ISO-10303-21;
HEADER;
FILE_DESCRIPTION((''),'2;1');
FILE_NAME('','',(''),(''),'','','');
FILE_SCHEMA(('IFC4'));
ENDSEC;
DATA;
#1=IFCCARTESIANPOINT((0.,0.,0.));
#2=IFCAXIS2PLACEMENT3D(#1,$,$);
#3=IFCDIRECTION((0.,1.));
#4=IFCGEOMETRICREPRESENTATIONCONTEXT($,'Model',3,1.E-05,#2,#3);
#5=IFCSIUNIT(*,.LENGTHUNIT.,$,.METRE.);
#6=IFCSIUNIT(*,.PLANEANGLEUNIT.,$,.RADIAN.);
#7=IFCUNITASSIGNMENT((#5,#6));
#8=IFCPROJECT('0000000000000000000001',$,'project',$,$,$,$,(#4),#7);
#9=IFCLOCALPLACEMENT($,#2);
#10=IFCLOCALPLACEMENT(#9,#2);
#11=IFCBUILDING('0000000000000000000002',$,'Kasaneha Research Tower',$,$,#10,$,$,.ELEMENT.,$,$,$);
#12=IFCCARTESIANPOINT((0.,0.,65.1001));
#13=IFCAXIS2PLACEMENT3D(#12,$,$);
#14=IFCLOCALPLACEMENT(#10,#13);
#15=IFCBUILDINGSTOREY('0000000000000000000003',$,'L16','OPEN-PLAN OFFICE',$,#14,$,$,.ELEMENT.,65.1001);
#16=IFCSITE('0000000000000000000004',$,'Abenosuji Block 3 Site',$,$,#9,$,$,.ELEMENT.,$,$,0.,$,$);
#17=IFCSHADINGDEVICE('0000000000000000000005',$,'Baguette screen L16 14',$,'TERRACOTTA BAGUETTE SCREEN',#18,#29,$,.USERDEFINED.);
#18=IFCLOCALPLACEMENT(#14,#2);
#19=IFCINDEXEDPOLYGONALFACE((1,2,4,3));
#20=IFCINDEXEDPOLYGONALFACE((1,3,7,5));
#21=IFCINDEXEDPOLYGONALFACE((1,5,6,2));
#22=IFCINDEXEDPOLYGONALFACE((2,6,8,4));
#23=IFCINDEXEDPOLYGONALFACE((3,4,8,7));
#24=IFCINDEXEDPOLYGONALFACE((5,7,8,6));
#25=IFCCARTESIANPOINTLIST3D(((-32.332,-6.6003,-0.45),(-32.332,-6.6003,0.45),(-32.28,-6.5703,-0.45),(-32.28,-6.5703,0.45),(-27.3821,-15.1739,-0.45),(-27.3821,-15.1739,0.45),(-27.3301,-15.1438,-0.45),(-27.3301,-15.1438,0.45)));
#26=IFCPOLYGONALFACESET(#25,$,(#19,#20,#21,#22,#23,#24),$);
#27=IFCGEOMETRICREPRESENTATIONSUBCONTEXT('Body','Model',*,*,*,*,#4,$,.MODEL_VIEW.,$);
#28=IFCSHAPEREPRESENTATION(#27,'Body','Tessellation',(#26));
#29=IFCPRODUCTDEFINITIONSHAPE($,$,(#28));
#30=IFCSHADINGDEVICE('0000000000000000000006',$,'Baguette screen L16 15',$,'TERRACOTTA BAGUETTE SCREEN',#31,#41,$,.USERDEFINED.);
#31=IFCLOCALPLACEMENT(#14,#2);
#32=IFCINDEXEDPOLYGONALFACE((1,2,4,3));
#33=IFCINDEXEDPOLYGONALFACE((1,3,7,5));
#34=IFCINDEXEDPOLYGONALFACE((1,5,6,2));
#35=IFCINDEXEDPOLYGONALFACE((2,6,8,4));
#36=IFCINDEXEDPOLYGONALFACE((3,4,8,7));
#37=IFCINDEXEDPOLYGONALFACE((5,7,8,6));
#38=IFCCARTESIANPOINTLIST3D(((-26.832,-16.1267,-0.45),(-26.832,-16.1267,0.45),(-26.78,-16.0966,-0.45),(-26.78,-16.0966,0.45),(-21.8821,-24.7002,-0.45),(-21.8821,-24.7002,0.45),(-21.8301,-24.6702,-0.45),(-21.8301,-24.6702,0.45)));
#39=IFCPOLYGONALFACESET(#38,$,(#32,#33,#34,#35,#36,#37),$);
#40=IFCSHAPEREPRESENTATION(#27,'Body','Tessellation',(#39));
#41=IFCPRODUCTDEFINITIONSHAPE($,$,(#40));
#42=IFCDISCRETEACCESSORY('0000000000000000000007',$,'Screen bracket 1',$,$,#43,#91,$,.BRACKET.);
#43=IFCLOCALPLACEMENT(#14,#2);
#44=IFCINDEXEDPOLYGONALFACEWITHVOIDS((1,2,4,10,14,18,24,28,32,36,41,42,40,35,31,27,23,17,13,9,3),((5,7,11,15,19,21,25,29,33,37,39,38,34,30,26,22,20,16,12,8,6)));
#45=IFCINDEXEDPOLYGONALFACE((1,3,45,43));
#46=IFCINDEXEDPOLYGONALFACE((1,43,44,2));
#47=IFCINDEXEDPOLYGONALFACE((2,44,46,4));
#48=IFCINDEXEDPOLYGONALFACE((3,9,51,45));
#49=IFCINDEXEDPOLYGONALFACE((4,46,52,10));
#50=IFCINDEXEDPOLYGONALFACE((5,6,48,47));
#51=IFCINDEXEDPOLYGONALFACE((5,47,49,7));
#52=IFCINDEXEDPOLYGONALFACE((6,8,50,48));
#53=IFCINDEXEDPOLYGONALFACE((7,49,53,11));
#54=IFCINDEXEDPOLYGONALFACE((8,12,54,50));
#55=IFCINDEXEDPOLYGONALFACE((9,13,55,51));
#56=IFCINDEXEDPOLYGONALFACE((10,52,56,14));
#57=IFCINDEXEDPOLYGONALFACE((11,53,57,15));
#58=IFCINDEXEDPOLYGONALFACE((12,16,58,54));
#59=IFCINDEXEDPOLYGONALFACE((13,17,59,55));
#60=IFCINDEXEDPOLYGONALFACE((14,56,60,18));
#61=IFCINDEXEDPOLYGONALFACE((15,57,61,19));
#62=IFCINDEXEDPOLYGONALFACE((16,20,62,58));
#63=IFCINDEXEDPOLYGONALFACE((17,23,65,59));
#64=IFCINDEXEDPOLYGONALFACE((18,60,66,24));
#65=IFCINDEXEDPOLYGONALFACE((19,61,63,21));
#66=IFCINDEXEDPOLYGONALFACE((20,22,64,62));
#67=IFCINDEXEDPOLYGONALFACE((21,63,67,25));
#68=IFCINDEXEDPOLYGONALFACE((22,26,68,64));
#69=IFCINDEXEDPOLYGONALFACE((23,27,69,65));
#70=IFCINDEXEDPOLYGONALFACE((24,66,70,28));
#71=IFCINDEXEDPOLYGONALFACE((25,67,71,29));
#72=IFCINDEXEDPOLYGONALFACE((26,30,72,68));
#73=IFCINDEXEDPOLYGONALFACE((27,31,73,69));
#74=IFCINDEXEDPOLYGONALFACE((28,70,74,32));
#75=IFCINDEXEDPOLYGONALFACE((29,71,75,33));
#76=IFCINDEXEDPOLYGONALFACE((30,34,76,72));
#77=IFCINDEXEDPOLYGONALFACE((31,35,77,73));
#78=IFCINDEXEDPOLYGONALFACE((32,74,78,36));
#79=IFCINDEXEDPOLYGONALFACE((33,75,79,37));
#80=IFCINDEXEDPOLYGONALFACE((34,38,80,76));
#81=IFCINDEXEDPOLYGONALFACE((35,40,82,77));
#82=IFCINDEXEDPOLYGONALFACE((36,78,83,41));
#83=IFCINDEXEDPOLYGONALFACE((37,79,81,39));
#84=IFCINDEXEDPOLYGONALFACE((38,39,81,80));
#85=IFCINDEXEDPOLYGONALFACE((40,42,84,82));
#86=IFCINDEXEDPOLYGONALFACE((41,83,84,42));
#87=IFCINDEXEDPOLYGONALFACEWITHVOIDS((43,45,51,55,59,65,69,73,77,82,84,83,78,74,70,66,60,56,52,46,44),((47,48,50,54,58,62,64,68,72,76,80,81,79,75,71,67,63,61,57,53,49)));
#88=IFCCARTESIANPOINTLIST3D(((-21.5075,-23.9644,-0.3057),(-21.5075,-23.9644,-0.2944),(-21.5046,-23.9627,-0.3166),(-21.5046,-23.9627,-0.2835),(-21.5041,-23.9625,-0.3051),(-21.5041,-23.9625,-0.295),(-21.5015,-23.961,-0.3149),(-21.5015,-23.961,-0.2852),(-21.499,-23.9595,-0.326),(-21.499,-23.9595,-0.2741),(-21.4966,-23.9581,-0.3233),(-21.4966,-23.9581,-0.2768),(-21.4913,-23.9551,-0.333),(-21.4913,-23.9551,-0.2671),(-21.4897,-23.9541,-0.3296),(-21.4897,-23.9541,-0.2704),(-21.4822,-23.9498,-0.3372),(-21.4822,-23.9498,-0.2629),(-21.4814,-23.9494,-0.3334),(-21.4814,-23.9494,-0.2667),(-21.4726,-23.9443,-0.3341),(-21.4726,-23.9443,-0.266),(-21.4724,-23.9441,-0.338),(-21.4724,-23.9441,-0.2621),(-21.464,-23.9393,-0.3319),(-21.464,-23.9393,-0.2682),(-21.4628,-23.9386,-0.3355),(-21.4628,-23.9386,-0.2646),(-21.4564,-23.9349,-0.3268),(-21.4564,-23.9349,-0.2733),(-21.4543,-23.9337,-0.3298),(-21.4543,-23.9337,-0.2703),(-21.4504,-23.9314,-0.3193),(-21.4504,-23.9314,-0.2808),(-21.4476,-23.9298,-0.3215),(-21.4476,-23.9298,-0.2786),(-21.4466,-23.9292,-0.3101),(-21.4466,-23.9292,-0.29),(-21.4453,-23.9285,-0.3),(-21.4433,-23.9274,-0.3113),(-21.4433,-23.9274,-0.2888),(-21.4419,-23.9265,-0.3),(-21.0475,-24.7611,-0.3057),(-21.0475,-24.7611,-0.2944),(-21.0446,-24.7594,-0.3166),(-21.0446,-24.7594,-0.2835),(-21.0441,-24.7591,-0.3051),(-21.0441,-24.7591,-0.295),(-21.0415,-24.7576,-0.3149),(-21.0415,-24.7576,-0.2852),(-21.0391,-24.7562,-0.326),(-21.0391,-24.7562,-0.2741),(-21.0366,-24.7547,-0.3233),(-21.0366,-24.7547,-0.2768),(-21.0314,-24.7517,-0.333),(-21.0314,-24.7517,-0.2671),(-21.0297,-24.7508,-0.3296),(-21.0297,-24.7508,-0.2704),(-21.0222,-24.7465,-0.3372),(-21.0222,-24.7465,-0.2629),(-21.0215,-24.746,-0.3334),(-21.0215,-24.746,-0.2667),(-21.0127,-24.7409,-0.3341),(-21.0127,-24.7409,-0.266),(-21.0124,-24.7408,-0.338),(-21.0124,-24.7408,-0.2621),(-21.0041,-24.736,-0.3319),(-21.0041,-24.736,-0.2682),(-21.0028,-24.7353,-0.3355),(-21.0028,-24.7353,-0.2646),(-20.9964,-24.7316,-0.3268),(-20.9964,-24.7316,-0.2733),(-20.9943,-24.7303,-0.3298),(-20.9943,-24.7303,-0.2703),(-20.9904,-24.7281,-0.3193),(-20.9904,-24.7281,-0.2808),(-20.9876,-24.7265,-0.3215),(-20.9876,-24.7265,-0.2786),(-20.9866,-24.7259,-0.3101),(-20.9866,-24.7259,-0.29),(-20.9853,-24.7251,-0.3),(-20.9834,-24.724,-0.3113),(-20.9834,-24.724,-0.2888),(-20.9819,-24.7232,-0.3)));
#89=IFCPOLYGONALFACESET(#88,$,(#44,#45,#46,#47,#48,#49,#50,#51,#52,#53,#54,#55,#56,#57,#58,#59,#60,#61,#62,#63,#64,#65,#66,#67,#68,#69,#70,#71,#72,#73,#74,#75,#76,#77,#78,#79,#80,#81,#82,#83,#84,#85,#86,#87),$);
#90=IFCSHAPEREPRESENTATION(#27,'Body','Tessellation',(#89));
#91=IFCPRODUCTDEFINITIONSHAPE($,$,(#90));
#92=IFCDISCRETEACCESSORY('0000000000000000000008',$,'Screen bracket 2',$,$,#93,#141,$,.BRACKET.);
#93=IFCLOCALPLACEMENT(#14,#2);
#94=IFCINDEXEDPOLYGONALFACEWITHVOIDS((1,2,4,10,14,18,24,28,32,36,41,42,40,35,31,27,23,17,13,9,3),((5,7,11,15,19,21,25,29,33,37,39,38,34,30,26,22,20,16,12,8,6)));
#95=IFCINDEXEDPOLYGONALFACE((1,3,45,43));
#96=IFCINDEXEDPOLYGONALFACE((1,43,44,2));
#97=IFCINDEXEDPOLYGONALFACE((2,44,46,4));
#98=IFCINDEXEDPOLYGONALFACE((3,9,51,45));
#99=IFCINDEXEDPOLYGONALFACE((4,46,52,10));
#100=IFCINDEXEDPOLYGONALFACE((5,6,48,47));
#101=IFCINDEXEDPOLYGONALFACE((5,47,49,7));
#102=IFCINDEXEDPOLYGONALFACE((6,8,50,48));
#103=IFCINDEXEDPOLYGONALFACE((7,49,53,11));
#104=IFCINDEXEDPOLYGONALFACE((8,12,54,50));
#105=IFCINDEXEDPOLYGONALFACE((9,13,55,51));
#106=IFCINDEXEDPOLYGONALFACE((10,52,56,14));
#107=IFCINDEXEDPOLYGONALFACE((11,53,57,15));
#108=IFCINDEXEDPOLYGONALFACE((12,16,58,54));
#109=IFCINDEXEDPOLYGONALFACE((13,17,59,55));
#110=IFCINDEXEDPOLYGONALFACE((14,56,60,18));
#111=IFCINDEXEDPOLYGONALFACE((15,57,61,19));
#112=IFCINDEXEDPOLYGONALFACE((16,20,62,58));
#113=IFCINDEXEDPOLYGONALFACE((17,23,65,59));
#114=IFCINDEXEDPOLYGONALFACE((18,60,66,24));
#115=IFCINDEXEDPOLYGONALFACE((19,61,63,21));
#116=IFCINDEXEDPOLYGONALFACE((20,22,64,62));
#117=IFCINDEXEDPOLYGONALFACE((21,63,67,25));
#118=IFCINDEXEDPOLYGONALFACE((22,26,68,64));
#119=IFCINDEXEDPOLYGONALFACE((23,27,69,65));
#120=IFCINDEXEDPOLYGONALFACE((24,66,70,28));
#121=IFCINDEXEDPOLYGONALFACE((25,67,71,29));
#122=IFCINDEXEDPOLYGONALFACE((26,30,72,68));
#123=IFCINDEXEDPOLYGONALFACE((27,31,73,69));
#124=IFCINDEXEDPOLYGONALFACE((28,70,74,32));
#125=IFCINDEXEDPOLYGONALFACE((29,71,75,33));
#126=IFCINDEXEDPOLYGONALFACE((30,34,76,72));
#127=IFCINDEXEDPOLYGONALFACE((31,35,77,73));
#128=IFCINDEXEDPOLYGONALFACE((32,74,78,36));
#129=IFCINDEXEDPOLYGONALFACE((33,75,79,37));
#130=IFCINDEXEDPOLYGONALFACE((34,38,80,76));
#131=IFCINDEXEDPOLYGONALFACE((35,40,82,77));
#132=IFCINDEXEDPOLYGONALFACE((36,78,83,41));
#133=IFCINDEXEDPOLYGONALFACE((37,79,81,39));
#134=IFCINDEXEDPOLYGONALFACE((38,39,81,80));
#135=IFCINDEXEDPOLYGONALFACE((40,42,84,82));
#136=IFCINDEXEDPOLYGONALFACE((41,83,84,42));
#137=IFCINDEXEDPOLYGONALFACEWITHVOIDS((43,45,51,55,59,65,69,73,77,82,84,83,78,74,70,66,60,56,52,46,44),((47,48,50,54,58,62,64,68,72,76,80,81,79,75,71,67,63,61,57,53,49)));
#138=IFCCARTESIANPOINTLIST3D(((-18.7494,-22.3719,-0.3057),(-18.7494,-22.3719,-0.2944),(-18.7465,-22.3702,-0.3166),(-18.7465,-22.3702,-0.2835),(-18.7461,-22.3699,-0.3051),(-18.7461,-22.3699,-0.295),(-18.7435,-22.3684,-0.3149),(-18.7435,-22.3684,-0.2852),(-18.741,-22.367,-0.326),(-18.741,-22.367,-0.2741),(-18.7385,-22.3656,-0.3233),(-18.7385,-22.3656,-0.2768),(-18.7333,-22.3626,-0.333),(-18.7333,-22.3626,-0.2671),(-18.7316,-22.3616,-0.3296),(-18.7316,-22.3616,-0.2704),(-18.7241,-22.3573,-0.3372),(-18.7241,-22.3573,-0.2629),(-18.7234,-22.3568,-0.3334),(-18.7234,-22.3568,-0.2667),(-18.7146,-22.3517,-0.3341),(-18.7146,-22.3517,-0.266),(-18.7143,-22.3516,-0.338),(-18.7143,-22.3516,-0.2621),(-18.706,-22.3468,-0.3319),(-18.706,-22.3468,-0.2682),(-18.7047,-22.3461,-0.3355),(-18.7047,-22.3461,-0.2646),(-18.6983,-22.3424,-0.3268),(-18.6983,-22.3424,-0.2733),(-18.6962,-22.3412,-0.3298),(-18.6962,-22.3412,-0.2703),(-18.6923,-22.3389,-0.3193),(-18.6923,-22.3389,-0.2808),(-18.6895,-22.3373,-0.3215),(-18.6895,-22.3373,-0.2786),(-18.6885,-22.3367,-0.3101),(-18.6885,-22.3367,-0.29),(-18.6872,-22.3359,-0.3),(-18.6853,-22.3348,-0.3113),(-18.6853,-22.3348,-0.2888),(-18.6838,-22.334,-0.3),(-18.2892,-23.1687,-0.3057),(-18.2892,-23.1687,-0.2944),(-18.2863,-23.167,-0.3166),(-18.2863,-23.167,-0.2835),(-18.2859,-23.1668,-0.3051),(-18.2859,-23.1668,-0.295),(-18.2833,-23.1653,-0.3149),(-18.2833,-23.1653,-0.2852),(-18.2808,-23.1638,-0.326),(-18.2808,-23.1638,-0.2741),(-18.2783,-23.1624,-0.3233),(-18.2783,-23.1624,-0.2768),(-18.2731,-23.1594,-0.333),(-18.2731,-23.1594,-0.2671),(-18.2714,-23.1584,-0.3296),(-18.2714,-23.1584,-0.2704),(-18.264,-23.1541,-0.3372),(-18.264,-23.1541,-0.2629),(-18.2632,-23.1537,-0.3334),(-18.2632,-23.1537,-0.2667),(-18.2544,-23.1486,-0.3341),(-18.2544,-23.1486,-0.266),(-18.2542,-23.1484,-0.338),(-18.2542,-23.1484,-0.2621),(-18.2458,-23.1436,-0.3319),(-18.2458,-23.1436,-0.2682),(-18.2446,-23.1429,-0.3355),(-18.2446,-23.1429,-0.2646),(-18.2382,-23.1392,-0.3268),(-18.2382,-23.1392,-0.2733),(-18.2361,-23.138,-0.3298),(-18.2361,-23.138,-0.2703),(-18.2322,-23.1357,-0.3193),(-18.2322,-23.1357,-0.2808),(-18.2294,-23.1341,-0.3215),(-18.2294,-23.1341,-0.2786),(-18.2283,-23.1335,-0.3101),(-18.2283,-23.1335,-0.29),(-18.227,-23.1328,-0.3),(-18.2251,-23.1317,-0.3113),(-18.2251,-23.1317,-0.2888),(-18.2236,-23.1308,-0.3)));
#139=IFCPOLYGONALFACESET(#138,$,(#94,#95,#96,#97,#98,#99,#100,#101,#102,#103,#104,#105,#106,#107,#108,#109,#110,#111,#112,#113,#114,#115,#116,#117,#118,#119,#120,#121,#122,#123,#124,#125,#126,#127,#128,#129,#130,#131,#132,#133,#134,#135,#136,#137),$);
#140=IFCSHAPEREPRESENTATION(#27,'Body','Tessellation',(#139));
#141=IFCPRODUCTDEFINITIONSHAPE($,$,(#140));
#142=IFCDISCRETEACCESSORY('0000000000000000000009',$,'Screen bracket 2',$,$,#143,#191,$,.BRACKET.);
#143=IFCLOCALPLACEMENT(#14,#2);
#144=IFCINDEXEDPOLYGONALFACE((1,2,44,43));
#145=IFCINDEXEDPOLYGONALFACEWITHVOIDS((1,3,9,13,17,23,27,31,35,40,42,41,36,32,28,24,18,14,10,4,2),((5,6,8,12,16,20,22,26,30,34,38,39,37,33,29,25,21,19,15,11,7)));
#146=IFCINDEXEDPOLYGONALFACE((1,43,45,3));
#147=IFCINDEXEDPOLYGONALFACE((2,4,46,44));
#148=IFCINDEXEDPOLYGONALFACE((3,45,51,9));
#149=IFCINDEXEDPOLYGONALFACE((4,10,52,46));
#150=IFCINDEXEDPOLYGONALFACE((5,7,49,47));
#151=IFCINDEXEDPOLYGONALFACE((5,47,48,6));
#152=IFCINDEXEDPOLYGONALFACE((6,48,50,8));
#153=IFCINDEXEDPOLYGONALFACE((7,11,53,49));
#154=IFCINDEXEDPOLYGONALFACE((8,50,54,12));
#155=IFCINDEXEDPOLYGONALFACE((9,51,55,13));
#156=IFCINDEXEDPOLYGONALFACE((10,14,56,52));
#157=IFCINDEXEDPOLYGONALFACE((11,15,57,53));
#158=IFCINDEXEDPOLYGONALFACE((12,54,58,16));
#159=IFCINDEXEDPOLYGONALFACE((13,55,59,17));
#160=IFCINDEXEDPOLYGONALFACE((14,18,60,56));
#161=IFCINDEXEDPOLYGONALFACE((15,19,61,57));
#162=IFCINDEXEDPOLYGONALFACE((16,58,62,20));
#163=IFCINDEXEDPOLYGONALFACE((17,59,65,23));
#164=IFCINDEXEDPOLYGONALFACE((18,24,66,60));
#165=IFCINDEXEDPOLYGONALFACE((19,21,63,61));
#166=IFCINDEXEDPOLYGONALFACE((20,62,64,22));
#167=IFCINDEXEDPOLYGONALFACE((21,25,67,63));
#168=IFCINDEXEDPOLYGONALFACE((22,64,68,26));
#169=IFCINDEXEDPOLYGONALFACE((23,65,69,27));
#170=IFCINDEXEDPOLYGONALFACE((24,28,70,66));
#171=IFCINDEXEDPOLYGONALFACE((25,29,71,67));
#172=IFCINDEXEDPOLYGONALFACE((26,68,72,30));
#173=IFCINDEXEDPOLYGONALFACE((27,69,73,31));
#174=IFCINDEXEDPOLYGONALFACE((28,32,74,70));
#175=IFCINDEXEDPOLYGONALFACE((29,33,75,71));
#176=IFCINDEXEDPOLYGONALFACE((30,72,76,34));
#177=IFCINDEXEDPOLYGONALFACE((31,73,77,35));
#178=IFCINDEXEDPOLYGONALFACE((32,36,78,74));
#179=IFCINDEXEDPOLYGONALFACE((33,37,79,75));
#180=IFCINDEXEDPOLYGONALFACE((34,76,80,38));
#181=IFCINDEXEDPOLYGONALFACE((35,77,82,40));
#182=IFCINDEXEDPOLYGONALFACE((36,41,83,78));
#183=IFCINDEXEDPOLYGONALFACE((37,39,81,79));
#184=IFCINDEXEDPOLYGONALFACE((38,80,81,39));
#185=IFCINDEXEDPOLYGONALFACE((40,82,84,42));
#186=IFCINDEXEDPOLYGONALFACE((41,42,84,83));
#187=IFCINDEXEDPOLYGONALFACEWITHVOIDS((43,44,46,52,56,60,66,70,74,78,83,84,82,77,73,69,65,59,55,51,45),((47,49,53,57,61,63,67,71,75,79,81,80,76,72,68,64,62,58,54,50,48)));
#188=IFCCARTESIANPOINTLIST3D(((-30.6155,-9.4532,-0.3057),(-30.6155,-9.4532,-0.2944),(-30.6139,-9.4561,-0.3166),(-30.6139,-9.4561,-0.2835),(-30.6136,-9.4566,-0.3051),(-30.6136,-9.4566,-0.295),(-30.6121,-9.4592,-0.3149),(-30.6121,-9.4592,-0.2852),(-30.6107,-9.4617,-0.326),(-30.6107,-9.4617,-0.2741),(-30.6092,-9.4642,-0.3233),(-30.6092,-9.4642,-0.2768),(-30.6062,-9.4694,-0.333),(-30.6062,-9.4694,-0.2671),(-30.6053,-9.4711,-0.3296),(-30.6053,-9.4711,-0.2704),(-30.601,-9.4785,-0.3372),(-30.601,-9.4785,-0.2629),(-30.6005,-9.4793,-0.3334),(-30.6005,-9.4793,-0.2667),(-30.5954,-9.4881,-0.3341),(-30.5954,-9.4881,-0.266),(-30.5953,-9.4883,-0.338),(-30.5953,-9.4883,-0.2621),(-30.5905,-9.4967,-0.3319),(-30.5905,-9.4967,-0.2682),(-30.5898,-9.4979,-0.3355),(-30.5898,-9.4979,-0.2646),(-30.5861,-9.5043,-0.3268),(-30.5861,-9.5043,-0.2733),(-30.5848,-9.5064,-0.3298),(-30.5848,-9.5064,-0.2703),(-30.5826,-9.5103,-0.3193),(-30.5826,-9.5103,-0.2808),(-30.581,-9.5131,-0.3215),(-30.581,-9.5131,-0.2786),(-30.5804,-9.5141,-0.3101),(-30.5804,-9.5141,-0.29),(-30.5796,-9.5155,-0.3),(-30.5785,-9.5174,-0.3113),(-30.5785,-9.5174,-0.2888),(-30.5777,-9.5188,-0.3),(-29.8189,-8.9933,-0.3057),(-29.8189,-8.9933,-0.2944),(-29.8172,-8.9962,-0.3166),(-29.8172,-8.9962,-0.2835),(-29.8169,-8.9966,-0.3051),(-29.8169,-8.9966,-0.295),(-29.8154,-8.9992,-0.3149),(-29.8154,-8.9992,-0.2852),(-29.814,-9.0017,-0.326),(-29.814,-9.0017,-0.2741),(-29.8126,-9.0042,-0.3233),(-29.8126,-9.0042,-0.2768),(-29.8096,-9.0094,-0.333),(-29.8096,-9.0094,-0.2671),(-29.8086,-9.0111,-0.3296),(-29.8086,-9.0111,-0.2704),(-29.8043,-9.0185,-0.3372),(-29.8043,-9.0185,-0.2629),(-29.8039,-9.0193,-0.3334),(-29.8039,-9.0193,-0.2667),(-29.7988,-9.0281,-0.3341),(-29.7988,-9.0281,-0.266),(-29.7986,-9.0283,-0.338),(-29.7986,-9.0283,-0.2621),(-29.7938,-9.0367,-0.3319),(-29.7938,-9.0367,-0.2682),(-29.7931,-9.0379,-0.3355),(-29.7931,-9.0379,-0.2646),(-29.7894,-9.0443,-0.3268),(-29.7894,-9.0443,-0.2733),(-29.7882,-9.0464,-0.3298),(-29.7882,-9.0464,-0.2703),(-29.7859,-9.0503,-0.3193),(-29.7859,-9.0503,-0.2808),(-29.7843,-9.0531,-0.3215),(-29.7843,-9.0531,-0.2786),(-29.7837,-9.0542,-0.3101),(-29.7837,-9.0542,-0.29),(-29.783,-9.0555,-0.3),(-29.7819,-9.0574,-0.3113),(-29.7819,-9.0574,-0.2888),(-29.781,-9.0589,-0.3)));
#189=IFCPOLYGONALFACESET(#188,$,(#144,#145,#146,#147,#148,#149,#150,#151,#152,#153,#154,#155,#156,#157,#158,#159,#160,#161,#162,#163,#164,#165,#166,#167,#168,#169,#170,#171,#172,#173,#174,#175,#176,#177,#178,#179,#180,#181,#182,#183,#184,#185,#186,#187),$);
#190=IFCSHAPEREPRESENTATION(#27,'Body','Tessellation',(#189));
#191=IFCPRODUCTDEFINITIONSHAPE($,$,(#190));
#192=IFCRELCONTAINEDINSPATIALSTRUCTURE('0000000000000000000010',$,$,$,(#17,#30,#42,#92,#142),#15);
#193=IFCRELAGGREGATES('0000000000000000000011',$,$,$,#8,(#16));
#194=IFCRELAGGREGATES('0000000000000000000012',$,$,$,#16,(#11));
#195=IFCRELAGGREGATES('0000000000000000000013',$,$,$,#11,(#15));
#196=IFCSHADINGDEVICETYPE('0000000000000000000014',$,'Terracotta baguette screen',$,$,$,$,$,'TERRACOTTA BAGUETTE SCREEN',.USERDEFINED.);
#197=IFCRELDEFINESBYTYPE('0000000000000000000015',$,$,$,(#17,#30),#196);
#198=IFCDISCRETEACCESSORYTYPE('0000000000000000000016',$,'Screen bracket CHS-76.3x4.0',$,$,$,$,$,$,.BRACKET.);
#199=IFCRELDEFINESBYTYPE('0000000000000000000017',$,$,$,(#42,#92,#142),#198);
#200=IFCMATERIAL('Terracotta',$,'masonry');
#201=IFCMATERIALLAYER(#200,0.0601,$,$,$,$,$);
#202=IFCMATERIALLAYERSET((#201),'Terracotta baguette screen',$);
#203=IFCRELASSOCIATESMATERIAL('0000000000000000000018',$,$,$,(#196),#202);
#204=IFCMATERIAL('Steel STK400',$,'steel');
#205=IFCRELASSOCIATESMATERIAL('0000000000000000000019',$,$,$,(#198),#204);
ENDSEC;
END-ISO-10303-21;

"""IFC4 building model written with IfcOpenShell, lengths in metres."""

from ifc_helpers import new_model, si_unit, direction, frame, origin, origin_2d, place, context, subcontext, project, spatial, rectangle, hollow_circle, extrude, material, layer, layer_set, material_profile, profile_set, type_object, element, save


model = new_model("IFC4")

# Units and contexts
model_context = context("Model", 3, precision=1e-05, world=origin(), true_north=direction((0.0, 1.0)))
body_context = subcontext(model_context, "Body", "Model", "MODEL_VIEW")
ifc_project = project(units=[si_unit("LENGTHUNIT", "METRE"), si_unit("PLANEANGLEUNIT", "RADIAN")], contexts=[model_context])

# Site, building, storey
site_placement = place(None, origin())
site = spatial("IfcSite", under=ifc_project, at=site_placement, Name="Abenosuji Block 3 Site", CompositionType="ELEMENT", RefElevation=0.0)
building_placement = place(site_placement, origin())
building = spatial("IfcBuilding", under=site, at=building_placement, Name="Kasaneha Research Tower", CompositionType="ELEMENT")
storey_placement = place(building_placement, frame((0.0, 0.0, 65.1001)))
storey = spatial("IfcBuildingStorey", under=building, at=storey_placement, Name="L16", Description="OPEN-PLAN OFFICE", CompositionType="ELEMENT", Elevation=65.1001)

# Shading devices
ifc_material_1 = material(Name="Terracotta", Category="masonry")
ifc_layer_1 = layer(ifc_material_1, 0.0601)
ifc_layer_set_1 = layer_set([ifc_layer_1], Name="Terracotta baguette screen")
shading_device_type = type_object("IfcShadingDeviceType", Name="Terracotta baguette screen", ElementType="TERRACOTTA BAGUETTE SCREEN", PredefinedType="USERDEFINED", material=ifc_layer_set_1)
for number, where, z_axis, x_axis, name in (
    (1, (-29.8311, -10.8721, -0.45), (0.0, 0.0, 1.0), (0.5, -0.866025, 0.0), "Baguette screen L16 14"),
    (2, (-24.3311, -20.3984, -0.45), (0.0, 0.0, 1.0), (0.5, -0.866025, 0.0), "Baguette screen L16 15"),
):
    element("IfcShadingDevice", number, at=place(storey_placement, frame(where, z_axis=z_axis, x_axis=x_axis)), inside=storey, type_object=shading_device_type, Name=name, ObjectType="TERRACOTTA BAGUETTE SCREEN", PredefinedType="USERDEFINED", context=body_context, shape_type="SweptSolid", body=[
        extrude(rectangle(XDim=9.8999, YDim=0.0601, at=origin_2d()), origin(), (0.0, 0.0, 1.0), 0.8999),
    ])

# Discrete accessories
ifc_material_2 = material(Name="Steel STK400", Category="steel")
ifc_material_profile_1 = material_profile(ifc_material_2, hollow_circle(Radius=0.0381, WallThickness=0.0039, at=origin_2d()), Name="CHS-76.3x4.0")
ifc_profile_set_1 = profile_set([ifc_material_profile_1], Name="Steel STK400")
discrete_accessory_type = type_object("IfcDiscreteAccessoryType", Name="Screen bracket CHS-76.3x4.0", PredefinedType="BRACKET", material=ifc_profile_set_1)
discrete_accessory_1_placement = place(storey_placement, frame((-21.4749, -23.9456, -0.3), z_axis=(0.500021, -0.866013, 0.0), x_axis=(0.866013, 0.500021, 0.0)))
element("IfcDiscreteAccessory", 3, at=discrete_accessory_1_placement, inside=storey, type_object=discrete_accessory_type, Name="Screen bracket 1", PredefinedType="BRACKET", context=body_context, shape_type="SweptSolid", body=[
    extrude(hollow_circle(Radius=0.0381, WallThickness=0.0039, at=origin_2d()), origin(), (0.0, 0.0, 1.0), 0.9199),
])
discrete_accessory_2_placement = place(storey_placement, frame((-18.7168, -22.353, -0.3), z_axis=(0.500105, -0.865965, 0.0), x_axis=(0.865965, 0.500105, 0.0)))
element("IfcDiscreteAccessory", 4, at=discrete_accessory_2_placement, inside=storey, type_object=discrete_accessory_type, Name="Screen bracket 2", PredefinedType="BRACKET", context=body_context, shape_type="SweptSolid", body=[
    extrude(hollow_circle(Radius=0.0381, WallThickness=0.0039, at=origin_2d()), origin(), (0.0, 0.0, 1.0), 0.9202),
])
discrete_accessory_3_placement = place(storey_placement, frame((-29.8, -9.0259, -0.3), z_axis=(-0.866013, -0.500021, 0.0), x_axis=(0.500021, -0.866013, 0.0)))
element("IfcDiscreteAccessory", 5, at=discrete_accessory_3_placement, inside=storey, type_object=discrete_accessory_type, Name="Screen bracket 2", PredefinedType="BRACKET", context=body_context, shape_type="SweptSolid", body=[
    extrude(hollow_circle(Radius=0.0381, WallThickness=0.0039, at=origin_2d()), origin(), (0.0, 0.0, 1.0), 0.9199),
])

save(model, "model.ifc")
